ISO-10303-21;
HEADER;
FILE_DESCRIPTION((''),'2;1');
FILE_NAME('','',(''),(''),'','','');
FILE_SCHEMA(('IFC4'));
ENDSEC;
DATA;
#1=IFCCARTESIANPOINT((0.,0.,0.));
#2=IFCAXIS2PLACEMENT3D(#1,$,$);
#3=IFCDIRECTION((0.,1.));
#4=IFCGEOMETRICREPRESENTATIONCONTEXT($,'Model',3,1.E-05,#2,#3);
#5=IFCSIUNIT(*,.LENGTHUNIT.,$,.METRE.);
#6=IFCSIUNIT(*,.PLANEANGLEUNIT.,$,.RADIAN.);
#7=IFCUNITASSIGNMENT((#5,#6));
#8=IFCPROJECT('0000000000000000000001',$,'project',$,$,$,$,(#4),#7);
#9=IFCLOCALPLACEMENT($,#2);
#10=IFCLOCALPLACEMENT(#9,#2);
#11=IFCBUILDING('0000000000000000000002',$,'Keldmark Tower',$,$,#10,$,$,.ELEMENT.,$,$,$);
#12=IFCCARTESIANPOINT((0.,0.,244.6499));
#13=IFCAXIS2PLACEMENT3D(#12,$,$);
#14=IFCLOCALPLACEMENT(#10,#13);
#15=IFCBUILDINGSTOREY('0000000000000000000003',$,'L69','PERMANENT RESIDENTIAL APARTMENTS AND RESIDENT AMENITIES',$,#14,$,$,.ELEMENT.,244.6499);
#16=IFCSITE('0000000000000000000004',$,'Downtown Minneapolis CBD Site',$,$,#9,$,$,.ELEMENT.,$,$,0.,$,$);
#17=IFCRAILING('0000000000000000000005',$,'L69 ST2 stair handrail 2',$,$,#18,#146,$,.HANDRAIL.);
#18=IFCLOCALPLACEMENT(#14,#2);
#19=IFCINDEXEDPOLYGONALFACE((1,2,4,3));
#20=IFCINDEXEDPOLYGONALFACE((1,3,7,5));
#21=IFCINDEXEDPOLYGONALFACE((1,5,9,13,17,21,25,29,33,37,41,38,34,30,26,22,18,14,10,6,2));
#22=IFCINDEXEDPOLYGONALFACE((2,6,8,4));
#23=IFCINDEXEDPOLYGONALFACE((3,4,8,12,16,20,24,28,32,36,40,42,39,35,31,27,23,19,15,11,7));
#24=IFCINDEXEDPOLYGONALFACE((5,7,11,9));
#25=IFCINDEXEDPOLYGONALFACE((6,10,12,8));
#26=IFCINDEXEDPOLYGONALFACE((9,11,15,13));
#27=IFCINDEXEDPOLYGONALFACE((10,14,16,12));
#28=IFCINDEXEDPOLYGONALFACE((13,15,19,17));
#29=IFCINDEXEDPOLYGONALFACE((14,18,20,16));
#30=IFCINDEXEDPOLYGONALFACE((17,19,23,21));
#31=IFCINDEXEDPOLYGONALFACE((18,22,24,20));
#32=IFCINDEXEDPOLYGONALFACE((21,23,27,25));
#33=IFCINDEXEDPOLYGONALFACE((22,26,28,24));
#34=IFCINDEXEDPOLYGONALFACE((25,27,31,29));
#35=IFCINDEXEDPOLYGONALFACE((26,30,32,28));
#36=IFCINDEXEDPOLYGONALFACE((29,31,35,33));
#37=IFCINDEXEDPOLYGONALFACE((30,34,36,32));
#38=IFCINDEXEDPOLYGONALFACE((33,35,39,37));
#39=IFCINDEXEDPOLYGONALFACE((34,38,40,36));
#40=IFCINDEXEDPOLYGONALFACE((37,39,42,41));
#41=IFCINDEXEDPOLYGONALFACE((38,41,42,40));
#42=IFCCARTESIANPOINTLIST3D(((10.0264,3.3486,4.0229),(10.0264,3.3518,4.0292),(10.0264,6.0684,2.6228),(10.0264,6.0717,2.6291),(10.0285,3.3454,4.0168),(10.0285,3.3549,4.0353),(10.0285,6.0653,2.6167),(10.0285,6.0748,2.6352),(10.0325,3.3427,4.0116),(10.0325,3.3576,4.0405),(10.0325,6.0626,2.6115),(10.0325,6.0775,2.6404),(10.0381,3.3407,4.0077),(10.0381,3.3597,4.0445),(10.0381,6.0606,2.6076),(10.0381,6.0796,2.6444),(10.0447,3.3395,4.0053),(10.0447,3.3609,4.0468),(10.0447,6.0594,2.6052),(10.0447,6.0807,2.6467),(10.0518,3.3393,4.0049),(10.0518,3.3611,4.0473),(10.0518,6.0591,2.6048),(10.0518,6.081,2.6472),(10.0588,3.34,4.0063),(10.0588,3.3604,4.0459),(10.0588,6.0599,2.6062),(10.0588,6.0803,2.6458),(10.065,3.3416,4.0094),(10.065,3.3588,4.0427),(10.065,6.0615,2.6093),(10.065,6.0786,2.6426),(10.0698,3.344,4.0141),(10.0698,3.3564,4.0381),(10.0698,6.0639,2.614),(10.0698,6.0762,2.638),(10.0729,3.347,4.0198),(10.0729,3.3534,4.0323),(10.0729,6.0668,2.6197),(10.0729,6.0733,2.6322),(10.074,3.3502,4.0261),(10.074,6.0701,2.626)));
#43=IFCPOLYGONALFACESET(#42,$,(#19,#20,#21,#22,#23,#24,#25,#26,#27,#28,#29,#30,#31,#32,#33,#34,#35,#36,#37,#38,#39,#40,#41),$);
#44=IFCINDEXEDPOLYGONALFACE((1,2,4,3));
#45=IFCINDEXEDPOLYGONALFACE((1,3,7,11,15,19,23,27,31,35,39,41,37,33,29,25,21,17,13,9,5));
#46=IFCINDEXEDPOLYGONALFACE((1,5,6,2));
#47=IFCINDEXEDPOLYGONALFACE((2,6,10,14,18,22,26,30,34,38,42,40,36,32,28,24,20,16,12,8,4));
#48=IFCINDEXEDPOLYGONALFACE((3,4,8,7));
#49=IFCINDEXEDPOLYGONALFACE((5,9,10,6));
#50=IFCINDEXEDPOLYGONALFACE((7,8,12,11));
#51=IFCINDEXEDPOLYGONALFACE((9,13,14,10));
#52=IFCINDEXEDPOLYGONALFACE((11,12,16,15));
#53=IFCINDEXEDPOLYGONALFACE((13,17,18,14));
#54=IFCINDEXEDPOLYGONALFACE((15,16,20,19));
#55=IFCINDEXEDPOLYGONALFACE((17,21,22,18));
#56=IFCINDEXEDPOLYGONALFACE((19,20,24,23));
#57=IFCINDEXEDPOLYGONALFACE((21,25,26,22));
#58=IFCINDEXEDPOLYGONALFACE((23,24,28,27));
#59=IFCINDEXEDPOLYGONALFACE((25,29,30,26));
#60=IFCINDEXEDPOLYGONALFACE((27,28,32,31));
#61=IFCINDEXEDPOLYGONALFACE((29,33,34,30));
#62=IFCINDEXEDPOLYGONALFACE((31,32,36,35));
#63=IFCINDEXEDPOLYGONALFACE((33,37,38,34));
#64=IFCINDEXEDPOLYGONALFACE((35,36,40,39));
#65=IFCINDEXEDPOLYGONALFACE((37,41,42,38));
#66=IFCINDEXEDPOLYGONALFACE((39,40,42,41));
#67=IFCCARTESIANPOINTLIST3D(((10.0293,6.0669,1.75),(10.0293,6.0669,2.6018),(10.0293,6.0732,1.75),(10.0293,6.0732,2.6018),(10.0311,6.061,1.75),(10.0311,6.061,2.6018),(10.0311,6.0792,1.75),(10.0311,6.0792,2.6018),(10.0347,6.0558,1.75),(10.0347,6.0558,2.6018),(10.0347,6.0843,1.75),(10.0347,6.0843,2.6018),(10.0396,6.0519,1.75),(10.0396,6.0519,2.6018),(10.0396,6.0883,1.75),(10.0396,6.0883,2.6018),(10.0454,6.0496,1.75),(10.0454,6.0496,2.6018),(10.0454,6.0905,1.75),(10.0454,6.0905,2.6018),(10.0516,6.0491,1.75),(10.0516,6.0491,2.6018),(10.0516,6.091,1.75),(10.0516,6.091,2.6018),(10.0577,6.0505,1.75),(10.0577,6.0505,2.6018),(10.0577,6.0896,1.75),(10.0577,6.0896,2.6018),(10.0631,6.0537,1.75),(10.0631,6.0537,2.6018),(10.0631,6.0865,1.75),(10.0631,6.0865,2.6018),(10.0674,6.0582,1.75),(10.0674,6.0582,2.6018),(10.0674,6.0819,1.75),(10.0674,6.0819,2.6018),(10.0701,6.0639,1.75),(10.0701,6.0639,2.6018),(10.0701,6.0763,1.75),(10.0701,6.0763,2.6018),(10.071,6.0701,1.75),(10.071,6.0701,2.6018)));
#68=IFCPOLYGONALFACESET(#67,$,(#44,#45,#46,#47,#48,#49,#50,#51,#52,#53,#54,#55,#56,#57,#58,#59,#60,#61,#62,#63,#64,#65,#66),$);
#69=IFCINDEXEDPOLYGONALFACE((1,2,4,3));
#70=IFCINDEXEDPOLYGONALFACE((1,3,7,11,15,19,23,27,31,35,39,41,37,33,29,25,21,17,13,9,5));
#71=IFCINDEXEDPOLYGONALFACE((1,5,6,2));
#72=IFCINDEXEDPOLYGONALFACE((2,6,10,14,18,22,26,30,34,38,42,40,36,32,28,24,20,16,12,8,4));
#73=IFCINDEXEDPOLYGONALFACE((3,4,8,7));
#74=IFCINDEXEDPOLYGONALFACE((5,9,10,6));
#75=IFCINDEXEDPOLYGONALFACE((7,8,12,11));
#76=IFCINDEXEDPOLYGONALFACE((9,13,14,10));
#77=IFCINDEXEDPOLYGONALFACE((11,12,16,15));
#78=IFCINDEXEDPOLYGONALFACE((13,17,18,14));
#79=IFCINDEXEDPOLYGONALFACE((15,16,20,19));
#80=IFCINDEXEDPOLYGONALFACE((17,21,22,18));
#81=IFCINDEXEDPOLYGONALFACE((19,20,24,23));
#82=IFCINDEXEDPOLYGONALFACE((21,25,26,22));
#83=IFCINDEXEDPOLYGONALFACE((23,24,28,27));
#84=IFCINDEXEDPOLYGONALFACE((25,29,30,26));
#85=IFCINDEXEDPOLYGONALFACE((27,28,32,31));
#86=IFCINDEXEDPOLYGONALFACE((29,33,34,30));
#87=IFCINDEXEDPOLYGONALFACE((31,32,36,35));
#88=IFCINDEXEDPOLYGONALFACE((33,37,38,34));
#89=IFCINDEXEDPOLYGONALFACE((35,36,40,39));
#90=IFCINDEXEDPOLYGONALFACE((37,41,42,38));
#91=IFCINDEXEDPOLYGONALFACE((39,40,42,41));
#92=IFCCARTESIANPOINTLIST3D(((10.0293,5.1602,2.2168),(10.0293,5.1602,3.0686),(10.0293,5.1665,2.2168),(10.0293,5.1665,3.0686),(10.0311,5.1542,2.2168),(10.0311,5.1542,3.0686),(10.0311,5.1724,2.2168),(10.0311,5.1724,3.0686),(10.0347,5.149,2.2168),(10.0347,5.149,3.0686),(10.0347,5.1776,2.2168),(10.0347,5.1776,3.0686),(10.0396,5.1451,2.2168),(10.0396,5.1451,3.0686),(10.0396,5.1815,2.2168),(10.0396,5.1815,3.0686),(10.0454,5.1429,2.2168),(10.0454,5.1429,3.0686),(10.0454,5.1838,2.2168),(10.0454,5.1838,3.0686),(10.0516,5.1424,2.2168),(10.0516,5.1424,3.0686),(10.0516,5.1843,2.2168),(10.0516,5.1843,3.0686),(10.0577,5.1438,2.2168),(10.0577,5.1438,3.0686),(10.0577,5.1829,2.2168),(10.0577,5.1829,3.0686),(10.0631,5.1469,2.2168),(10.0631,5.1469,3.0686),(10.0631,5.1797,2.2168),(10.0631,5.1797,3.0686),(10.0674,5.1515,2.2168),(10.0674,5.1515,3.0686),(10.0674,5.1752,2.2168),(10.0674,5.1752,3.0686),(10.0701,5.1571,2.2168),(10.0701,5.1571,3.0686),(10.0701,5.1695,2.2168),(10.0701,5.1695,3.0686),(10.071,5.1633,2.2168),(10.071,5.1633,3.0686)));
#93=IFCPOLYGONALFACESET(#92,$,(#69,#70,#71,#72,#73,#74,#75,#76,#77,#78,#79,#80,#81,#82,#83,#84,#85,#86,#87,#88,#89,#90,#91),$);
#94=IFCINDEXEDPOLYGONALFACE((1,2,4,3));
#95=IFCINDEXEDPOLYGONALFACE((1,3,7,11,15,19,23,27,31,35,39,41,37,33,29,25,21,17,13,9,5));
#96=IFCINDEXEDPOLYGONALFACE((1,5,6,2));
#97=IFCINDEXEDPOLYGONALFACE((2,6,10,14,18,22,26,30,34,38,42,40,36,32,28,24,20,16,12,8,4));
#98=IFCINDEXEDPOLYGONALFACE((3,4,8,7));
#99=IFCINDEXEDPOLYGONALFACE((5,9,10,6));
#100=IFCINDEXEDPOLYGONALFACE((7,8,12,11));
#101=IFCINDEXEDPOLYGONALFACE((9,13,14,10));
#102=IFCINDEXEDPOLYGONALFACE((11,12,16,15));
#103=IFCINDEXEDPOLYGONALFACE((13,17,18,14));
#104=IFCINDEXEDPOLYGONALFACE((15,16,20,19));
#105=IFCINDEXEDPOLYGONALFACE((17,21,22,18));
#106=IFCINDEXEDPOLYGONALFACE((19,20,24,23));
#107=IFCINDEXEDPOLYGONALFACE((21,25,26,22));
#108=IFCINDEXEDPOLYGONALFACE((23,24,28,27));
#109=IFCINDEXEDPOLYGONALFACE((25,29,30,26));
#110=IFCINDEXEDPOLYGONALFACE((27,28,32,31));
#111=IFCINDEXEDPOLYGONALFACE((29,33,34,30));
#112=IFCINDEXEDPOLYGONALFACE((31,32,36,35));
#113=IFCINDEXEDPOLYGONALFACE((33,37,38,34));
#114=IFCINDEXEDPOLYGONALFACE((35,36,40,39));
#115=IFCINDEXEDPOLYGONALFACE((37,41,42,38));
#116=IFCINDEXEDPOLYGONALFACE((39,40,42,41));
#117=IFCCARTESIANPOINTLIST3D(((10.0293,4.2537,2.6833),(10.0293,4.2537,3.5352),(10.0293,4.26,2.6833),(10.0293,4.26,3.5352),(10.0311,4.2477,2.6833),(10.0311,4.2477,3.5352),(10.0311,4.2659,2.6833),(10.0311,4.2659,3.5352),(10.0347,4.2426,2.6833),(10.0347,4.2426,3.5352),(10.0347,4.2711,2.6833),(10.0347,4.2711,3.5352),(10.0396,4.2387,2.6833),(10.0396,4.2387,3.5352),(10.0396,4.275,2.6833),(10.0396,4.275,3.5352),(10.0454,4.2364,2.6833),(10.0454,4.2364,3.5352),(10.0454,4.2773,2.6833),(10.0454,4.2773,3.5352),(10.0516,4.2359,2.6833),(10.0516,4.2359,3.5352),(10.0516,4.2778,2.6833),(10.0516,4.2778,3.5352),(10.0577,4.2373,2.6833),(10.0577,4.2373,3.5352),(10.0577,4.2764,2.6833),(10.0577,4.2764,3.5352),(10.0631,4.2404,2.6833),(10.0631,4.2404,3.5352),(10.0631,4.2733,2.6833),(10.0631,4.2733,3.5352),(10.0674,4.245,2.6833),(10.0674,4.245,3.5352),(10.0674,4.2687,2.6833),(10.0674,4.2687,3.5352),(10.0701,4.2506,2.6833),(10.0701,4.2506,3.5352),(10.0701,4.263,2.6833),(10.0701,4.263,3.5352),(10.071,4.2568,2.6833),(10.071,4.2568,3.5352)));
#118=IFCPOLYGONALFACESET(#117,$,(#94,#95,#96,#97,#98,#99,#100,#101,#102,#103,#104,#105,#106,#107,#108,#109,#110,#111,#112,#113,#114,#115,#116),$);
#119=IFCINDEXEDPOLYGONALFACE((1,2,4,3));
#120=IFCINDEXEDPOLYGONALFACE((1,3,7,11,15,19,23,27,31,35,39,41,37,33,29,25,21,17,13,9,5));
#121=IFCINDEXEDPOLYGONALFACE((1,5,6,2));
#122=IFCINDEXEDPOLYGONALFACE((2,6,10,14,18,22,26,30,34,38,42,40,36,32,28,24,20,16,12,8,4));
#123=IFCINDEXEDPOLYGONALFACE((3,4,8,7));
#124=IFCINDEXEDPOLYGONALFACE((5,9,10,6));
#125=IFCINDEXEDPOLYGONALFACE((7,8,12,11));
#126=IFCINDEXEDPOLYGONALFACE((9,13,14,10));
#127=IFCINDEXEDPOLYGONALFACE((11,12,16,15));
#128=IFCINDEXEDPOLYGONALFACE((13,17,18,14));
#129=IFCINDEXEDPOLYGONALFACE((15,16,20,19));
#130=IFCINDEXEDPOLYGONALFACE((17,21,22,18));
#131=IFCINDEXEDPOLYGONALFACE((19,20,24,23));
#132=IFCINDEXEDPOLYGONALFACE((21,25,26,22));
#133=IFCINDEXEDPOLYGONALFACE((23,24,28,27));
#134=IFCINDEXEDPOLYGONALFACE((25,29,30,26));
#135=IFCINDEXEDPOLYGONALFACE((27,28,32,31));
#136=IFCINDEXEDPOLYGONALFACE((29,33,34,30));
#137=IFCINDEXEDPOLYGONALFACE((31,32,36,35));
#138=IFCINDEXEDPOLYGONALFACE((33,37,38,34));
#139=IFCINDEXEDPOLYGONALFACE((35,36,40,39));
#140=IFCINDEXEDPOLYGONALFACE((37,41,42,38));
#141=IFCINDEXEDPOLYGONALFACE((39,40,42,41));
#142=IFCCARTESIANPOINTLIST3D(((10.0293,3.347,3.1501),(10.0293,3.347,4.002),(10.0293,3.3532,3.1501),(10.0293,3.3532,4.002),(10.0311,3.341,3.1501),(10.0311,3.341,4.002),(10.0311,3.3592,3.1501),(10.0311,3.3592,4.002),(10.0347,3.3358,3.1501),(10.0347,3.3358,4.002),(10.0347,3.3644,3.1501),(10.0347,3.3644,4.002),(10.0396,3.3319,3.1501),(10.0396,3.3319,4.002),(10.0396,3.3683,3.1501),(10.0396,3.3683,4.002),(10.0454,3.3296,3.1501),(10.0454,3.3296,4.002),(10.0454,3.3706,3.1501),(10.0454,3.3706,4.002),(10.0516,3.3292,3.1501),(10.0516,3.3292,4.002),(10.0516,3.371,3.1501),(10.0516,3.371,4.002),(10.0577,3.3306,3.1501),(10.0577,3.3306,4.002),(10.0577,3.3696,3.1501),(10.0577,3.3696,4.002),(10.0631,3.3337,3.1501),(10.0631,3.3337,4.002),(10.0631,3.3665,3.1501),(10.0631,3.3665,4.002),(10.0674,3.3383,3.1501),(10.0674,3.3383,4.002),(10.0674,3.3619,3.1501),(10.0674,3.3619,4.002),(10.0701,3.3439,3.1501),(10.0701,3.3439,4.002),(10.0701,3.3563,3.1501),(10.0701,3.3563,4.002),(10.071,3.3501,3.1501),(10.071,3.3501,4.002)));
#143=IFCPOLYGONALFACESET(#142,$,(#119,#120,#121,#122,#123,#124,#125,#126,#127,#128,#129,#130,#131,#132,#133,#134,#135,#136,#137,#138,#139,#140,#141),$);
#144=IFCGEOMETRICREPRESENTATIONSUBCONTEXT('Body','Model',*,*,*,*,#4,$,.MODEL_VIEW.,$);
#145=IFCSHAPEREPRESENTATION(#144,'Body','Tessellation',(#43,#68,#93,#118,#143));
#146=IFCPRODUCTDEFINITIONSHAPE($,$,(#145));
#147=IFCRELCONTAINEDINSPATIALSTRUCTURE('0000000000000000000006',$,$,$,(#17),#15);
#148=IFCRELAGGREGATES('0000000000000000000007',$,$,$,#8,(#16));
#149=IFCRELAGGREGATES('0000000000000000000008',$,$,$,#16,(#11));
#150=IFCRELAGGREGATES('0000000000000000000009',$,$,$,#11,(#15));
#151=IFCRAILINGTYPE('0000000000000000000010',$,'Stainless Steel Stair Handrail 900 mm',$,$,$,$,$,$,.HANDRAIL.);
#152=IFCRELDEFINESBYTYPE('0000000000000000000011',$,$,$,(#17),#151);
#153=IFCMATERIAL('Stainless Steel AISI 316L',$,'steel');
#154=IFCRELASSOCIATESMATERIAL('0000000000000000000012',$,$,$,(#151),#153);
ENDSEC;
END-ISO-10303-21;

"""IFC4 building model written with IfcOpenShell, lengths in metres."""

from ifc_helpers import new_model, si_unit, direction, frame, origin, origin_2d, place, context, subcontext, project, spatial, circle, extrude, material, type_object, element, save


model = new_model("IFC4")

# Units and contexts
model_context = context("Model", 3, precision=1e-05, world=origin(), true_north=direction((0.0, 1.0)))
body_context = subcontext(model_context, "Body", "Model", "MODEL_VIEW")
ifc_project = project(units=[si_unit("LENGTHUNIT", "METRE"), si_unit("PLANEANGLEUNIT", "RADIAN")], contexts=[model_context])

# Site, building, storey
site_placement = place(None, origin())
site = spatial("IfcSite", under=ifc_project, at=site_placement, Name="Downtown Minneapolis CBD Site", CompositionType="ELEMENT", RefElevation=0.0)
building_placement = place(site_placement, origin())
building = spatial("IfcBuilding", under=site, at=building_placement, Name="Keldmark Tower", CompositionType="ELEMENT")
storey_placement = place(building_placement, frame((0.0, 0.0, 244.6499)))
storey = spatial("IfcBuildingStorey", under=building, at=storey_placement, Name="L69", Description="PERMANENT RESIDENTIAL APARTMENTS AND RESIDENT AMENITIES", CompositionType="ELEMENT", Elevation=244.6499)

# Railing
ifc_material_1 = material(Name="Stainless Steel AISI 316L", Category="steel")
railing_type = type_object("IfcRailingType", Name="Stainless Steel Stair Handrail 900 mm", PredefinedType="HANDRAIL", material=ifc_material_1)
railing_placement = place(storey_placement, frame((10.05, 6.0701, 1.75)))
element("IfcRailing", 1, at=railing_placement, inside=storey, type_object=railing_type, Name="L69 ST2 stair handrail 2", PredefinedType="HANDRAIL", context=body_context, shape_type="SweptSolid", body=[
    extrude(circle(Radius=0.0239, at=origin_2d()), frame((0.0, 0.0, 0.876), z_axis=(0.0, -0.889114, 0.457685), x_axis=(1.0, 0.0, 0.0)), (0.0, 0.0, 1.0), 3.0591),
    extrude(circle(Radius=0.021, at=origin_2d()), origin(), (0.0, 0.0, 1.0), 0.8518),
    extrude(circle(Radius=0.021, at=origin_2d()), frame((0.0, -0.9067, 0.4668)), (0.0, 0.0, 1.0), 0.8518),
    extrude(circle(Radius=0.021, at=origin_2d()), frame((0.0, -1.8132, 0.9333)), (0.0, 0.0, 1.0), 0.8518),
    extrude(circle(Radius=0.021, at=origin_2d()), frame((0.0, -2.72, 1.4001)), (0.0, 0.0, 1.0), 0.8518),
])

save(model, "model.ifc")
